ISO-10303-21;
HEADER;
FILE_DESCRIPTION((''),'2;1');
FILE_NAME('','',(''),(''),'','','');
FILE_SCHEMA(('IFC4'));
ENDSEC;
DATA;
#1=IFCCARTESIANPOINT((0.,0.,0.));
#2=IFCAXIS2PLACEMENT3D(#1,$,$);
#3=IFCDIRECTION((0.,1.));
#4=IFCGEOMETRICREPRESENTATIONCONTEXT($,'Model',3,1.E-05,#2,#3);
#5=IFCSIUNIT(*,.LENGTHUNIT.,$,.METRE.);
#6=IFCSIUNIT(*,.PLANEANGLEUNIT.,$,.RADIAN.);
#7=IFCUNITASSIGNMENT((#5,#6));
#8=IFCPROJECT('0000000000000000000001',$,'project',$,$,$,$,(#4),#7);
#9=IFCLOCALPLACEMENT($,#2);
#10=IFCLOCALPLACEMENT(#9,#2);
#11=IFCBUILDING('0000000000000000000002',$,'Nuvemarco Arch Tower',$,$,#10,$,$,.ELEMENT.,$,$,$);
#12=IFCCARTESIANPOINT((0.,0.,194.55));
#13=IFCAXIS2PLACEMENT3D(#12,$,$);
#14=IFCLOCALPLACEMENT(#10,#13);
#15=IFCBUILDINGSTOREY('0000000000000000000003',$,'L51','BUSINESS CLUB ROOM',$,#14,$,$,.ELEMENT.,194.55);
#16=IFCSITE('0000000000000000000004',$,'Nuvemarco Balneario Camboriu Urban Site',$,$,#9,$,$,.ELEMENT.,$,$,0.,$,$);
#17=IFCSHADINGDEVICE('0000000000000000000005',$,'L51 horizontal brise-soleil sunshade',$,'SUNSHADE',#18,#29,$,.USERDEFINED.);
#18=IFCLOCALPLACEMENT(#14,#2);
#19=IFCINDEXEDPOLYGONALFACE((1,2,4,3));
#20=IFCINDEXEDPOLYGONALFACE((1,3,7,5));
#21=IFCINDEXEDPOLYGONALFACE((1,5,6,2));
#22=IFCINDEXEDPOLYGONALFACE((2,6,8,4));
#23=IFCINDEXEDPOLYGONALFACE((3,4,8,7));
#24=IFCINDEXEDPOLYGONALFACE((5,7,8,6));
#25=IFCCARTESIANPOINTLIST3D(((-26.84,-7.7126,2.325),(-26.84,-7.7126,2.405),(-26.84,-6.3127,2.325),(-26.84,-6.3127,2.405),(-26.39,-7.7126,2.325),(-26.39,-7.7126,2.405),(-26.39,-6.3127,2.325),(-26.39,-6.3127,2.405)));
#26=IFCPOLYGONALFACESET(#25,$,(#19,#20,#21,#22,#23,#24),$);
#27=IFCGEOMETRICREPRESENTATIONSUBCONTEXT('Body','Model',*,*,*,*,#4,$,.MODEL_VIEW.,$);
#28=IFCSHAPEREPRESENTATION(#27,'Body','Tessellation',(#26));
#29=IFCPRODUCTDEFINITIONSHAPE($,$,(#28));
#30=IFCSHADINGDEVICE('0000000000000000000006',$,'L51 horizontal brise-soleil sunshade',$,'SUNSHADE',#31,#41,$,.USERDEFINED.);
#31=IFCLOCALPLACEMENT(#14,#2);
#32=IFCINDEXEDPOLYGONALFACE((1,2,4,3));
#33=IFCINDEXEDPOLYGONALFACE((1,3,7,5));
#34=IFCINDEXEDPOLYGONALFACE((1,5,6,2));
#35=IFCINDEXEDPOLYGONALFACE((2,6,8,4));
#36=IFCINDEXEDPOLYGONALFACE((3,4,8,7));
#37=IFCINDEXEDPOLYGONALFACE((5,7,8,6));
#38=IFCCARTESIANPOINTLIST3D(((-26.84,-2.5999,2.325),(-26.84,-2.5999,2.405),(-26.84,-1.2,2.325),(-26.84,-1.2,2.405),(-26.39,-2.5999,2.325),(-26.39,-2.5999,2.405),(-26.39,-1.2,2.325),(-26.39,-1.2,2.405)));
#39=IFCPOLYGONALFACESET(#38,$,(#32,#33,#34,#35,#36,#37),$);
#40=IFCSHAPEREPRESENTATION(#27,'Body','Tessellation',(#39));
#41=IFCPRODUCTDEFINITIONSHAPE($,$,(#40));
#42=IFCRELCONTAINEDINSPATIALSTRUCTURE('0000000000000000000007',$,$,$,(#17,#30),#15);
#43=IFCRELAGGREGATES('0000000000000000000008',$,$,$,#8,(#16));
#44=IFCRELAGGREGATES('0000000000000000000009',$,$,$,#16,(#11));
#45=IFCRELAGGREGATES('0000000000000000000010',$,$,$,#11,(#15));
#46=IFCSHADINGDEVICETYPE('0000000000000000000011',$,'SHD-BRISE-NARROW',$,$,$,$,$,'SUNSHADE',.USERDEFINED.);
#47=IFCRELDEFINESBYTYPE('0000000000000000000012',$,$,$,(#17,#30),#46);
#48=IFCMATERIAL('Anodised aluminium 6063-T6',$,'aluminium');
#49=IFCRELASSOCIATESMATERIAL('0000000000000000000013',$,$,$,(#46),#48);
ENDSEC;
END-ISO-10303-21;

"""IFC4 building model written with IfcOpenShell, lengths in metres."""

from ifc_helpers import new_model, si_unit, direction, frame, origin, origin_2d, place, context, subcontext, project, spatial, rectangle, extrude, source, transform, mapped, material, type_object, type_shapes, element, save


model = new_model("IFC4")

# Units and contexts
model_context = context("Model", 3, precision=1e-05, world=origin(), true_north=direction((0.0, 1.0)))
body_context = subcontext(model_context, "Body", "Model", "MODEL_VIEW")
ifc_project = project(units=[si_unit("LENGTHUNIT", "METRE"), si_unit("PLANEANGLEUNIT", "RADIAN")], contexts=[model_context])

# Site, building, storey
site_placement = place(None, origin())
site = spatial("IfcSite", under=ifc_project, at=site_placement, Name="Nuvemarco Balneario Camboriu Urban Site", CompositionType="ELEMENT", RefElevation=0.0)
building_placement = place(site_placement, origin())
building = spatial("IfcBuilding", under=site, at=building_placement, Name="Nuvemarco Arch Tower", CompositionType="ELEMENT")
storey_placement = place(building_placement, frame((0.0, 0.0, 194.55)))
storey = spatial("IfcBuildingStorey", under=building, at=storey_placement, Name="L51", Description="BUSINESS CLUB ROOM", CompositionType="ELEMENT", Elevation=194.55)

# Shading devices
ifc_material_1 = material(Name="Anodised aluminium 6063-T6", Category="aluminium")
shading_device_type = type_object("IfcShadingDeviceType", Name="SHD-BRISE-NARROW", ElementType="SUNSHADE", PredefinedType="USERDEFINED", material=ifc_material_1)
shared_shape = source(origin(), body_context, "Body", "SweptSolid", [
    extrude(rectangle(XDim=1.3999, YDim=0.45, at=origin_2d()), origin(), (0.0, 0.0, 1.0), 0.0801),
])
type_shapes(shading_device_type, [shared_shape])
for number, where, z_axis, x_axis, name in (
    (1, (-26.615, -7.0127, 2.325), (0.0, 0.0, 1.0), (0.0, 1.0, 0.0), "L51 horizontal brise-soleil sunshade"),
    (2, (-26.615, -1.8999, 2.325), (0.0, 0.0, 1.0), (0.0, 1.0, 0.0), "L51 horizontal brise-soleil sunshade"),
):
    element("IfcShadingDevice", number, at=place(storey_placement, frame(where, z_axis=z_axis, x_axis=x_axis)), inside=storey, type_object=shading_device_type, Name=name, ObjectType="SUNSHADE", PredefinedType="USERDEFINED", context=body_context, shape_type="MappedRepresentation", body=[
        mapped(shared_shape, transform((0.0, 0.0, 0.0), scale=1.0)),
    ])

save(model, "model.ifc")
